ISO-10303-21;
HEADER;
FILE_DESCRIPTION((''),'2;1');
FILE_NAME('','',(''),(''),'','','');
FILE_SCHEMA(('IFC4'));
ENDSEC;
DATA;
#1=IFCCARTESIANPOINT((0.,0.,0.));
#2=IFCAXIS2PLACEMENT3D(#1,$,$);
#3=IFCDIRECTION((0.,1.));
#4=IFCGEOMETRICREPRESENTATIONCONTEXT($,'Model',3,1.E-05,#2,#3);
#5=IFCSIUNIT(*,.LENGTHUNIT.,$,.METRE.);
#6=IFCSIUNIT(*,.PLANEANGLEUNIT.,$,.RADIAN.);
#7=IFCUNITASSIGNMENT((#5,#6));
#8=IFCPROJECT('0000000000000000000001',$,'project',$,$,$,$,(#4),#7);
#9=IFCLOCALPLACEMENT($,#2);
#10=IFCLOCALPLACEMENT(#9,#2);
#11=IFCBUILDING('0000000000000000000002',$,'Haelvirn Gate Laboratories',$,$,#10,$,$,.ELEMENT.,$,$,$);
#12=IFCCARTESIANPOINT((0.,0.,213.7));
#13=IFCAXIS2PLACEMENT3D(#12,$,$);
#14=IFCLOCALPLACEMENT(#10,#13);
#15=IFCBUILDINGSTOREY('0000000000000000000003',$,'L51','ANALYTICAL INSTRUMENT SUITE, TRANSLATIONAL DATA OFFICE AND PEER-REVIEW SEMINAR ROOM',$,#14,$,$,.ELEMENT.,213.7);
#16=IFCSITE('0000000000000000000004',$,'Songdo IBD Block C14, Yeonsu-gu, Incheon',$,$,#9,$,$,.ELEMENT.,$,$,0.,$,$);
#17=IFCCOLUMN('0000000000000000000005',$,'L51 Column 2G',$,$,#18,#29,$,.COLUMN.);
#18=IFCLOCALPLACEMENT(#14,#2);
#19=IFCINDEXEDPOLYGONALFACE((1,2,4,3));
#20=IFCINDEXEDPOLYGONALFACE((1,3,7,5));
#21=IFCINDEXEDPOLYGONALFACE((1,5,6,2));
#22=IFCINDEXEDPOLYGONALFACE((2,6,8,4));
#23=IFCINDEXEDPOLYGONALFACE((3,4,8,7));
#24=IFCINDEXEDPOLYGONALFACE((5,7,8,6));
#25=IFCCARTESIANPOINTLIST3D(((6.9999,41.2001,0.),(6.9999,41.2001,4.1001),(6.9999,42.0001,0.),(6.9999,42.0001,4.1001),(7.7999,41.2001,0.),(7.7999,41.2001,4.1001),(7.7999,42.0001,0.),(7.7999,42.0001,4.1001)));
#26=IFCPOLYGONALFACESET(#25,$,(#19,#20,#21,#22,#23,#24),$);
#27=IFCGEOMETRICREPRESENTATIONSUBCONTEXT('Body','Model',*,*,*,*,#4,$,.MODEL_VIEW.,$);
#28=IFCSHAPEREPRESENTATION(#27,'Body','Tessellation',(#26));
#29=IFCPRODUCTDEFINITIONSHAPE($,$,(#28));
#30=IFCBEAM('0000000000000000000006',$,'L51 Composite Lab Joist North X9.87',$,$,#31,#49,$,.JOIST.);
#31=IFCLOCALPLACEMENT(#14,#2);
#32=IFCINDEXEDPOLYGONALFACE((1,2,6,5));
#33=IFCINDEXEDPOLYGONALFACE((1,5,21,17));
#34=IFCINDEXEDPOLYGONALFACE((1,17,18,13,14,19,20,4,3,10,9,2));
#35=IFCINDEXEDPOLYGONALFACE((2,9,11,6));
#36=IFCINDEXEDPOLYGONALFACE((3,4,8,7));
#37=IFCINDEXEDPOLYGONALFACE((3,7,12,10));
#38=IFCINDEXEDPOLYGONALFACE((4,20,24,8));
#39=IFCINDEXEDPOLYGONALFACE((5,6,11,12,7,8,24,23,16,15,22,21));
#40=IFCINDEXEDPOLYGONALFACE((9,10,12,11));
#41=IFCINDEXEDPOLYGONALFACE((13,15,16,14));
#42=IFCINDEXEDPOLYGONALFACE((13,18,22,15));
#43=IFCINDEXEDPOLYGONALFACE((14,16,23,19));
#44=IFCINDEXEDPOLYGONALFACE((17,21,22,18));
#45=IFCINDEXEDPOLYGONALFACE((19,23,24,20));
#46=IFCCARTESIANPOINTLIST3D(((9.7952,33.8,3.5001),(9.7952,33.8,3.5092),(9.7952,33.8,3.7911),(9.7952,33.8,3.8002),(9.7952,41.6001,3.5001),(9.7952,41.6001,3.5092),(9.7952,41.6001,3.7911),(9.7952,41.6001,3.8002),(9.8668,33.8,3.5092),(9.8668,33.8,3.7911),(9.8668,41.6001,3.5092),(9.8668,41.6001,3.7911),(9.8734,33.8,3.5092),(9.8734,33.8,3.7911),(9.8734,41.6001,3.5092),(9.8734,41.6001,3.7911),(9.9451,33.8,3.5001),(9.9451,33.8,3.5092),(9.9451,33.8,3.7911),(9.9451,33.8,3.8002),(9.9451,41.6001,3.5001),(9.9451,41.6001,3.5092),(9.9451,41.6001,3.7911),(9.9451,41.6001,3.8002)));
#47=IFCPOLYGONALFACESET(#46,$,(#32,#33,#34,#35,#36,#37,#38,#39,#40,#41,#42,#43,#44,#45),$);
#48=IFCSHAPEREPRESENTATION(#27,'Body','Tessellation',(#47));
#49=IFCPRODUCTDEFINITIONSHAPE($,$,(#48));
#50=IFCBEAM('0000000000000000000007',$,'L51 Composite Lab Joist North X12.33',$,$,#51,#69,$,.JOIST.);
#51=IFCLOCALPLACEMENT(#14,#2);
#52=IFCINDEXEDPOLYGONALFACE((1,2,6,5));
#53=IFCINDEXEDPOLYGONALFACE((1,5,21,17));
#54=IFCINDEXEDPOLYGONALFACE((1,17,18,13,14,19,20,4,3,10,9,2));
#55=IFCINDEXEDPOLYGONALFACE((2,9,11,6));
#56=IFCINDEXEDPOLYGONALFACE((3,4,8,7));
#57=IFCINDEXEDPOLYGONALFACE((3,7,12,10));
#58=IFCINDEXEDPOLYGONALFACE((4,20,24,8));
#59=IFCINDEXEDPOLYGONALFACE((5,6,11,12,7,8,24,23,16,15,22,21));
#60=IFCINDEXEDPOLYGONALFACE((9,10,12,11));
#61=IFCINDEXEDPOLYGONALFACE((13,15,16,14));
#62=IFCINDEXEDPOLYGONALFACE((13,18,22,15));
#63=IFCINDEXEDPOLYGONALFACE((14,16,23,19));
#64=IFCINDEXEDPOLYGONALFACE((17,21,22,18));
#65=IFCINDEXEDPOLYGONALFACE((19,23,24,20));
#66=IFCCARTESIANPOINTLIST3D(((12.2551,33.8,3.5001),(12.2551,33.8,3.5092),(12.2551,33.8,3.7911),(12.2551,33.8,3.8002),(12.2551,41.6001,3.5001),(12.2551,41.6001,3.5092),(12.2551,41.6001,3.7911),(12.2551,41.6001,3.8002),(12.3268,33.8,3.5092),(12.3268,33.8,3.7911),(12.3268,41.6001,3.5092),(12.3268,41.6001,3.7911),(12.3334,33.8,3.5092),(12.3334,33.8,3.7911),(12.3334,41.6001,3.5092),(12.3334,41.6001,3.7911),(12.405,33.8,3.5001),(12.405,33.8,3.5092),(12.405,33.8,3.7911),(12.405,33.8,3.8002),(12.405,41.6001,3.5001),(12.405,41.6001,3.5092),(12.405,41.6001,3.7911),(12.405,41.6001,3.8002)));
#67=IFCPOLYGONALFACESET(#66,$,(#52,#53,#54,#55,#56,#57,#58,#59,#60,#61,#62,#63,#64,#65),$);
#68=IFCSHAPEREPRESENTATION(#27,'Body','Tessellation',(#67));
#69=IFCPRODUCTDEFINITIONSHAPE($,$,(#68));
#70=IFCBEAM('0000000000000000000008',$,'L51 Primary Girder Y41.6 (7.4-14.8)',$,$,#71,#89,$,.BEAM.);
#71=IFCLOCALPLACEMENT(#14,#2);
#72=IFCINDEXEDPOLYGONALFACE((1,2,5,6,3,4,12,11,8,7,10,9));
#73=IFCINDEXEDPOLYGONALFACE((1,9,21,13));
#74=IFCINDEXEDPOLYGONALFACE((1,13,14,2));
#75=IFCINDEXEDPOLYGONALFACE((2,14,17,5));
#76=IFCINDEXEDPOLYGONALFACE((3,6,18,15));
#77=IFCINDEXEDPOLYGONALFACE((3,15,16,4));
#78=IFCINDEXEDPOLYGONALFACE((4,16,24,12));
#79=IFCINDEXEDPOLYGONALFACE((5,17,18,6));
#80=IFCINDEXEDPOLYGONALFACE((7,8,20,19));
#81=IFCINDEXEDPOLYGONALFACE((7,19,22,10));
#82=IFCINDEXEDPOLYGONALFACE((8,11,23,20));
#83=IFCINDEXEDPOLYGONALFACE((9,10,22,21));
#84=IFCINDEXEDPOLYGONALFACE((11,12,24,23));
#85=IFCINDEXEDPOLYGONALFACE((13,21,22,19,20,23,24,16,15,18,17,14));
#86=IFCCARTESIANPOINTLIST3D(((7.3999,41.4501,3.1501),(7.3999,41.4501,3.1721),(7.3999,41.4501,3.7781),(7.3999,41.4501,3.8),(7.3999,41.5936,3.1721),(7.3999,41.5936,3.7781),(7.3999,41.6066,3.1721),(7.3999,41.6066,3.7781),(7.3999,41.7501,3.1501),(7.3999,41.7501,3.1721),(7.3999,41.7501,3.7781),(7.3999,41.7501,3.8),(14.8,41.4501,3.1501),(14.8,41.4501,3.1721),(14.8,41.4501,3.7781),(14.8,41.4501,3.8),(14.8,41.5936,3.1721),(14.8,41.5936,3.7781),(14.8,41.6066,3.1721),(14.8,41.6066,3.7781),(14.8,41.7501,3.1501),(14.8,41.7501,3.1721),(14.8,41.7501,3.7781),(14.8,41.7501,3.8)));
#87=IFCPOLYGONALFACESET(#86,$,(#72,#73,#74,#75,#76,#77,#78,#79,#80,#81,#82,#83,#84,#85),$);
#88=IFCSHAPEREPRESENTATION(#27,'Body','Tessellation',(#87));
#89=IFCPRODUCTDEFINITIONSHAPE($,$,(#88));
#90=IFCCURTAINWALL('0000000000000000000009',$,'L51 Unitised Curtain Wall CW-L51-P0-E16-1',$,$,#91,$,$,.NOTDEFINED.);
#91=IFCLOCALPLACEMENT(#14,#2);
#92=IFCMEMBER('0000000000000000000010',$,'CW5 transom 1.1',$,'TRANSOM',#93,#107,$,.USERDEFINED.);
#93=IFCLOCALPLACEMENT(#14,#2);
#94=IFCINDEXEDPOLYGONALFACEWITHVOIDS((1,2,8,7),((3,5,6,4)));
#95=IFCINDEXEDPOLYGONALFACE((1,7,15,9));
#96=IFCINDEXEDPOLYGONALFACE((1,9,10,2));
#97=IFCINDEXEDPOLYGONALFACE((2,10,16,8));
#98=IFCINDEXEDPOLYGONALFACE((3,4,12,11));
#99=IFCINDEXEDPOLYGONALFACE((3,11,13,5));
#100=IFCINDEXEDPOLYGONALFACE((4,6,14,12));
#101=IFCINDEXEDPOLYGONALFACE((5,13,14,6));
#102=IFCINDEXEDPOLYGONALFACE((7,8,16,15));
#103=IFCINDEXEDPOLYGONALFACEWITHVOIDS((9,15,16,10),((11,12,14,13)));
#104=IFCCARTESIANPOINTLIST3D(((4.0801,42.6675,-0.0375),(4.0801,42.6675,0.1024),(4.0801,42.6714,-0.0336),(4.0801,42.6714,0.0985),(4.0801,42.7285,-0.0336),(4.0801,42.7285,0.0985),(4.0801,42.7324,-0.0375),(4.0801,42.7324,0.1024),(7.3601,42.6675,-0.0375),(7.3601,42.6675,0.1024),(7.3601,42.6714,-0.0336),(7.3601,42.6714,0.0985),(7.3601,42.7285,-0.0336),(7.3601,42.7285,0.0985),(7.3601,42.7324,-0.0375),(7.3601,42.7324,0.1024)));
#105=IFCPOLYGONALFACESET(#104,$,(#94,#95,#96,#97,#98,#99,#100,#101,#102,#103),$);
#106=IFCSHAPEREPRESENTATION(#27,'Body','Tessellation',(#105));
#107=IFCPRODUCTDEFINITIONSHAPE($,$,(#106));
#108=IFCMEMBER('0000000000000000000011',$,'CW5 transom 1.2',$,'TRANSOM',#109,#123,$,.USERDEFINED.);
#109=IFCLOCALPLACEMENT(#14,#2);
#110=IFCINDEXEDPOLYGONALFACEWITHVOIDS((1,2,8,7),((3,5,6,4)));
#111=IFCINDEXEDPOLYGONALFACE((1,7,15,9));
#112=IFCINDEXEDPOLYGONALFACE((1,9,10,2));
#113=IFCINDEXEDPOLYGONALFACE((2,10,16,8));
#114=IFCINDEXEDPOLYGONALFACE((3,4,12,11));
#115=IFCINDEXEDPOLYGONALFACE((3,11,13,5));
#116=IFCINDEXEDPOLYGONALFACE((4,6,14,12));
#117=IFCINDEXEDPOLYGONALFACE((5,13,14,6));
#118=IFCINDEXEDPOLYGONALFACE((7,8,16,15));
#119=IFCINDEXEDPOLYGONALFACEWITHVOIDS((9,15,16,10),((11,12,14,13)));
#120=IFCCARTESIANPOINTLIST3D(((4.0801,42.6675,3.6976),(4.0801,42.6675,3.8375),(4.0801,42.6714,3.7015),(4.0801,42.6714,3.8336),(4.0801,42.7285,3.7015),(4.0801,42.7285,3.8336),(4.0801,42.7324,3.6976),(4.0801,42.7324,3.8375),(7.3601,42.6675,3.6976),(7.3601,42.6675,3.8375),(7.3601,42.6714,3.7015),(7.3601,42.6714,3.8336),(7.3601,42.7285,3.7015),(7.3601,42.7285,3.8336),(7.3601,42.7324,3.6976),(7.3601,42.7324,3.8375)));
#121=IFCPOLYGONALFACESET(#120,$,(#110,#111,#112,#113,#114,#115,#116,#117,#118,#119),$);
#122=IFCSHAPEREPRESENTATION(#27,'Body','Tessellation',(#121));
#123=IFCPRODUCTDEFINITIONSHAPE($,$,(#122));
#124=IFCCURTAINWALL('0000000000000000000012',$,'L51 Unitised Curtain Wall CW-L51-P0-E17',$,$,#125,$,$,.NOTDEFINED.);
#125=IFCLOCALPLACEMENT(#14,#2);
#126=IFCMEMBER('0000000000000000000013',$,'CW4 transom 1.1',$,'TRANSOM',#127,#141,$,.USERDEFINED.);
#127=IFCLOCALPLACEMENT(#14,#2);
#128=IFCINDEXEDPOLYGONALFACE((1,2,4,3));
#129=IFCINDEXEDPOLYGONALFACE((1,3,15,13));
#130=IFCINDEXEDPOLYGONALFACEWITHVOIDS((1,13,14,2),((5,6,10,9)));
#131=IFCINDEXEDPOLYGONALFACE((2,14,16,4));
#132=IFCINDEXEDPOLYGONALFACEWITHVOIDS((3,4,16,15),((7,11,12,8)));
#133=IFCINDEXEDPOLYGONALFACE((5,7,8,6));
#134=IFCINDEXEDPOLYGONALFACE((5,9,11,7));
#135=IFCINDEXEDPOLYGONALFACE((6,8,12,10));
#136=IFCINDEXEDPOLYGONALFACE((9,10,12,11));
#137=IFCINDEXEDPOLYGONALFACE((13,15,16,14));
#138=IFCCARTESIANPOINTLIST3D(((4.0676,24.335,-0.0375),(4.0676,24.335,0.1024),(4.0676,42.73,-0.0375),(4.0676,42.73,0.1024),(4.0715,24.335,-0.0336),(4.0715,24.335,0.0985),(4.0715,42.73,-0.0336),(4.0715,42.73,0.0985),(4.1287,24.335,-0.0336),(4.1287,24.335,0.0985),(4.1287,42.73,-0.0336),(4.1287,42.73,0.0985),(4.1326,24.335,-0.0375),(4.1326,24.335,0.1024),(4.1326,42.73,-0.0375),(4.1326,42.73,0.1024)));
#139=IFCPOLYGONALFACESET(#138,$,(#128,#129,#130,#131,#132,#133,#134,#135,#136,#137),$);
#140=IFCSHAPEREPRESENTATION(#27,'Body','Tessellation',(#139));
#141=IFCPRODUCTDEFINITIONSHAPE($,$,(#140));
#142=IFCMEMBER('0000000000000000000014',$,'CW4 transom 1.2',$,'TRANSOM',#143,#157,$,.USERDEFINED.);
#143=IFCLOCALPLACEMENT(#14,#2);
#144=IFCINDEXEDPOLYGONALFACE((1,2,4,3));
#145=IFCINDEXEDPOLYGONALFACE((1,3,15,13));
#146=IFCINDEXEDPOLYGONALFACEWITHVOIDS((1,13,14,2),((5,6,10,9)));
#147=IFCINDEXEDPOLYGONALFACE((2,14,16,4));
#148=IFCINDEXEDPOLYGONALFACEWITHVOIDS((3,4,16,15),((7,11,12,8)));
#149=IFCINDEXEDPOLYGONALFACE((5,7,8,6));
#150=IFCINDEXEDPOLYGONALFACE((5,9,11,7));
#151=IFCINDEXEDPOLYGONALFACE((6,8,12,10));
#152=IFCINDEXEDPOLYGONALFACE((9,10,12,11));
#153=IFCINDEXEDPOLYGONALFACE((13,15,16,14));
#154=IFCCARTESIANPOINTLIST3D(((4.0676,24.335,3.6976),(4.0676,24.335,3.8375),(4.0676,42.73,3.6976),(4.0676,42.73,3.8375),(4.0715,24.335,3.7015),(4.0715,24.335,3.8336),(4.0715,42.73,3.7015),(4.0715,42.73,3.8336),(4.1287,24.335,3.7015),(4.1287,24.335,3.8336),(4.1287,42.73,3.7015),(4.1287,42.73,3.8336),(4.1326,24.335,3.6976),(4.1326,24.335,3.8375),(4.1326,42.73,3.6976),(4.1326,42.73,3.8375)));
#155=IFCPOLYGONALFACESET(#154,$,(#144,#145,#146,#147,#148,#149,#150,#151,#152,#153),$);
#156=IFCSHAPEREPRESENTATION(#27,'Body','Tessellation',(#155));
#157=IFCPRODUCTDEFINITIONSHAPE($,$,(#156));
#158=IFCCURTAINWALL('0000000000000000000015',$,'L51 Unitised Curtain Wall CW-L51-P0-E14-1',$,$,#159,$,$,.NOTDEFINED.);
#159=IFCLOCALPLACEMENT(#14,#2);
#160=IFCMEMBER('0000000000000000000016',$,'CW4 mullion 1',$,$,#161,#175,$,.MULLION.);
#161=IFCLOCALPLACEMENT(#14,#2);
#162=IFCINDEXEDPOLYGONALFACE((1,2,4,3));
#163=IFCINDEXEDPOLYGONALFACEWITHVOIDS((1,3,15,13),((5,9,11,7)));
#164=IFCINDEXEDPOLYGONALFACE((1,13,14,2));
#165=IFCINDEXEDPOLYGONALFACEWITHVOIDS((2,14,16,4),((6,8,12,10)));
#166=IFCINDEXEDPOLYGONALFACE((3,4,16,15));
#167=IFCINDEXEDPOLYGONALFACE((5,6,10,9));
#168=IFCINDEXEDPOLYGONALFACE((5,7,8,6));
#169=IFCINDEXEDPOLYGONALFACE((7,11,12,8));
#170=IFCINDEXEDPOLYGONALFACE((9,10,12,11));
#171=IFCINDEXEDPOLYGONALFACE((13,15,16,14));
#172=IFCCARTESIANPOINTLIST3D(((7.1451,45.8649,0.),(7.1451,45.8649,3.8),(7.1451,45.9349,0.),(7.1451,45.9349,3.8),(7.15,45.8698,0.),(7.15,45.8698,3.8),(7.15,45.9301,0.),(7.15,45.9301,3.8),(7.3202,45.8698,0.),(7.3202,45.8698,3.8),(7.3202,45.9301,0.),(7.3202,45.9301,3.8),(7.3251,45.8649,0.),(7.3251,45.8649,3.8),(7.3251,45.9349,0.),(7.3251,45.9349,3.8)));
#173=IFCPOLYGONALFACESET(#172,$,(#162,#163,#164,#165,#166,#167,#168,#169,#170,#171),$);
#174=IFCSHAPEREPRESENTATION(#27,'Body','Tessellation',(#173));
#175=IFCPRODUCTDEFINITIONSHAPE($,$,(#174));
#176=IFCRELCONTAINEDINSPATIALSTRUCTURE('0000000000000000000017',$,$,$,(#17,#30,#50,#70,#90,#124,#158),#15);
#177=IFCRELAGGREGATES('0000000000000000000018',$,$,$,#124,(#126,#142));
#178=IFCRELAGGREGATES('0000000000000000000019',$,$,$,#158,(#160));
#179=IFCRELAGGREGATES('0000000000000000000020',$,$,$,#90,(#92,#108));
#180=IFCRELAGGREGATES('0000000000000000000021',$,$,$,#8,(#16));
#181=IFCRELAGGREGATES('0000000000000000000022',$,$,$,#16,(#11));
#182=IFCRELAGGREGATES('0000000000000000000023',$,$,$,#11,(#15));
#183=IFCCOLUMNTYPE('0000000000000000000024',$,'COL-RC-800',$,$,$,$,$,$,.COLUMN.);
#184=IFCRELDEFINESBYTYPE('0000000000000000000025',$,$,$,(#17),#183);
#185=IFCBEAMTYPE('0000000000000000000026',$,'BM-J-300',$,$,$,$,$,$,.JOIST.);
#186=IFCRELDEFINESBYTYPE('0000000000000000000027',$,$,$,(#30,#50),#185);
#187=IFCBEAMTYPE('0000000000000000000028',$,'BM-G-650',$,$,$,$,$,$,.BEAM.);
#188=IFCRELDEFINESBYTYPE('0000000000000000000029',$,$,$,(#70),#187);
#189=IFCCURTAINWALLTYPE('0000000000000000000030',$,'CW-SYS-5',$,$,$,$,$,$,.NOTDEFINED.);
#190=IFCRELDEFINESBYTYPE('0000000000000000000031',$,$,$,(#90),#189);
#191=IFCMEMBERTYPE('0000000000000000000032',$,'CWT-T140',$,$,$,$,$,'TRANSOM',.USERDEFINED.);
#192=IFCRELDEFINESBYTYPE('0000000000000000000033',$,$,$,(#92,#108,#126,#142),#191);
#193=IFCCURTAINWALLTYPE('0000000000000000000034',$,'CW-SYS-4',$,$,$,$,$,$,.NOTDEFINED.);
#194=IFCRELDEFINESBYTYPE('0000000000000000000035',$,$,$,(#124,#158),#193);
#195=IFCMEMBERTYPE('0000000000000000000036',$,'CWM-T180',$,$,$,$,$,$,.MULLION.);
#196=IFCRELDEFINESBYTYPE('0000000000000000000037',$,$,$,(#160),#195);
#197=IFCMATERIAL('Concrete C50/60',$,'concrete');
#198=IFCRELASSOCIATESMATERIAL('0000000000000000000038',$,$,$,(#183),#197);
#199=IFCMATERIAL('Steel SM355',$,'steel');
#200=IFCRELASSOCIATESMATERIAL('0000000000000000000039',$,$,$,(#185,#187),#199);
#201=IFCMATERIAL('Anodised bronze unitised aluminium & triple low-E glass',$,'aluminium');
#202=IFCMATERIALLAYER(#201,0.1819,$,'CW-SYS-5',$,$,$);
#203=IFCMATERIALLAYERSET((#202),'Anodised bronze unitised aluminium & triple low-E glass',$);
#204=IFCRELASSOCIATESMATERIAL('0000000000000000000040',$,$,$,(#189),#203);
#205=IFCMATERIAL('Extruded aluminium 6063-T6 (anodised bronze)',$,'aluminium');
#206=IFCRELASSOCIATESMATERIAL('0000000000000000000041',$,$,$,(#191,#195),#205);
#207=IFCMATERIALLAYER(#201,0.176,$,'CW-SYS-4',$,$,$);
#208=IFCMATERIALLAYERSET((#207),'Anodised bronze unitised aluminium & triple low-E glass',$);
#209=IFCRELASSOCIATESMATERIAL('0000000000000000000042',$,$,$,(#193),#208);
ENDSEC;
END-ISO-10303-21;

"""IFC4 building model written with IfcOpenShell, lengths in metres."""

from ifc_helpers import new_model, si_unit, direction, frame, origin, origin_2d, place, context, subcontext, project, spatial, rectangle, hollow_rectangle, i_section, extrude, source, transform, mapped, material, layer, layer_set, material_profile, profile_set, type_object, type_shapes, element, aggregate, save


model = new_model("IFC4")

# Units and contexts
model_context = context("Model", 3, precision=1e-05, world=origin(), true_north=direction((0.0, 1.0)))
body_context = subcontext(model_context, "Body", "Model", "MODEL_VIEW")
ifc_project = project(units=[si_unit("LENGTHUNIT", "METRE"), si_unit("PLANEANGLEUNIT", "RADIAN")], contexts=[model_context])

# Site, building, storey
site_placement = place(None, origin())
site = spatial("IfcSite", under=ifc_project, at=site_placement, Name="Songdo IBD Block C14, Yeonsu-gu, Incheon", CompositionType="ELEMENT", RefElevation=0.0)
building_placement = place(site_placement, origin())
building = spatial("IfcBuilding", under=site, at=building_placement, Name="Haelvirn Gate Laboratories", CompositionType="ELEMENT")
storey_placement = place(building_placement, frame((0.0, 0.0, 213.7)))
storey = spatial("IfcBuildingStorey", under=building, at=storey_placement, Name="L51", Description="ANALYTICAL INSTRUMENT SUITE, TRANSLATIONAL DATA OFFICE AND PEER-REVIEW SEMINAR ROOM", CompositionType="ELEMENT", Elevation=213.7)

# Column
ifc_material_1 = material(Name="Concrete C50/60", Category="concrete")
ifc_material_profile_1 = material_profile(ifc_material_1, rectangle(XDim=0.8, YDim=0.8, at=origin_2d()), Name="RC-800x800")
ifc_profile_set_1 = profile_set([ifc_material_profile_1], Name="Concrete C50/60")
column_type = type_object("IfcColumnType", Name="COL-RC-800", PredefinedType="COLUMN", material=ifc_profile_set_1)
shared_shape_1 = source(origin(), body_context, "Body", "SweptSolid", [
    extrude(rectangle(XDim=0.8, YDim=0.8, at=origin_2d()), origin(), (0.0, 0.0, 1.0), 4.1001),
])
type_shapes(column_type, [shared_shape_1])
column_placement = place(storey_placement, frame((7.3999, 41.6001, 0.0), z_axis=(0.0, 0.0, 1.0), x_axis=(1.0, 0.0, 0.0)))
element("IfcColumn", 1, at=column_placement, inside=storey, type_object=column_type, Name="L51 Column 2G", PredefinedType="COLUMN", context=body_context, shape_type="MappedRepresentation", body=[
    mapped(shared_shape_1, transform((0.0, 0.0, 0.0), scale=1.0)),
])

# Beams
ifc_material_2 = material(Name="Steel SM355", Category="steel")
ifc_material_profile_2 = material_profile(ifc_material_2, i_section(OverallWidth=0.1499, OverallDepth=0.3, WebThickness=0.0066, FlangeThickness=0.009, at=origin_2d()), Name="H-300x150x6.5x9")
ifc_profile_set_2 = profile_set([ifc_material_profile_2], Name="Steel SM355")
beam_type_1 = type_object("IfcBeamType", Name="BM-J-300", PredefinedType="JOIST", material=ifc_profile_set_2)
shared_shape_2 = source(origin(), body_context, "Body", "SweptSolid", [
    extrude(i_section(OverallWidth=0.1499, OverallDepth=0.3, WebThickness=0.0066, FlangeThickness=0.009, at=origin_2d()), origin(), (0.0, 0.0, 1.0), 7.8),
])
type_shapes(beam_type_1, [shared_shape_2])
for number, where, z_axis, x_axis, name in (
    (2, (9.8701, 33.8, 3.6501), (0.0, 1.0, 0.0), (-1.0, 0.0, 0.0), "L51 Composite Lab Joist North X9.87"),
    (3, (12.3301, 33.8, 3.6501), (0.0, 1.0, 0.0), (-1.0, 0.0, 0.0), "L51 Composite Lab Joist North X12.33"),
):
    element("IfcBeam", number, at=place(storey_placement, frame(where, z_axis=z_axis, x_axis=x_axis)), inside=storey, type_object=beam_type_1, Name=name, PredefinedType="JOIST", context=body_context, shape_type="MappedRepresentation", body=[
        mapped(shared_shape_2, transform((0.0, 0.0, 0.0), scale=1.0)),
    ])
ifc_material_profile_3 = material_profile(ifc_material_2, i_section(OverallWidth=0.3, OverallDepth=0.6499, WebThickness=0.0129, FlangeThickness=0.022, at=origin_2d()), Name="H-650x300x13x22")
ifc_profile_set_3 = profile_set([ifc_material_profile_3], Name="Steel SM355")
beam_type_2 = type_object("IfcBeamType", Name="BM-G-650", PredefinedType="BEAM", material=ifc_profile_set_3)
shared_shape_3 = source(origin(), body_context, "Body", "SweptSolid", [
    extrude(i_section(OverallWidth=0.3, OverallDepth=0.6499, WebThickness=0.0129, FlangeThickness=0.022, at=origin_2d()), origin(), (0.0, 0.0, 1.0), 7.4001),
])
type_shapes(beam_type_2, [shared_shape_3])
beam_placement = place(storey_placement, frame((7.3999, 41.6001, 3.4751), z_axis=(1.0, 0.0, 0.0), x_axis=(0.0, 1.0, 0.0)))
element("IfcBeam", 4, at=beam_placement, inside=storey, type_object=beam_type_2, Name="L51 Primary Girder Y41.6 (7.4-14.8)", PredefinedType="BEAM", context=body_context, shape_type="MappedRepresentation", body=[
    mapped(shared_shape_3, transform((0.0, 0.0, 0.0), scale=1.0)),
])

# Curtain walls, members
ifc_material_3 = material(Name="Anodised bronze unitised aluminium & triple low-E glass", Category="aluminium")
ifc_layer_1 = layer(ifc_material_3, 0.1819, Name="CW-SYS-5")
ifc_layer_set_1 = layer_set([ifc_layer_1], Name="Anodised bronze unitised aluminium & triple low-E glass")
curtain_wall_type_1 = type_object("IfcCurtainWallType", Name="CW-SYS-5", PredefinedType="NOTDEFINED", material=ifc_layer_set_1)
curtain_wall_1_placement = place(storey_placement, origin())
curtain_wall_1 = element("IfcCurtainWall", 5, at=curtain_wall_1_placement, inside=storey, type_object=curtain_wall_type_1, Name="L51 Unitised Curtain Wall CW-L51-P0-E16-1", PredefinedType="NOTDEFINED")
ifc_material_4 = material(Name="Extruded aluminium 6063-T6 (anodised bronze)", Category="aluminium")
ifc_material_profile_4 = material_profile(ifc_material_4, hollow_rectangle(XDim=0.0649, YDim=0.1399, WallThickness=0.0039, at=origin_2d()), Name="CWT-140x65x4")
ifc_profile_set_4 = profile_set([ifc_material_profile_4], Name="Extruded aluminium 6063-T6 (anodised bronze)")
member_type_1 = type_object("IfcMemberType", Name="CWT-T140", ElementType="TRANSOM", PredefinedType="USERDEFINED", material=ifc_profile_set_4)
shared_shape_4 = source(origin(), body_context, "Body", "SweptSolid", [
    extrude(hollow_rectangle(XDim=0.0649, YDim=0.1399, WallThickness=0.0039, at=origin_2d()), origin(), (0.0, 0.0, 1.0), 3.28),
])
member_1_placement = place(storey_placement, frame((4.0801, 42.7, 0.0325), z_axis=(1.0, 0.0, 0.0), x_axis=(0.0, 1.0, 0.0)))
member_1 = element("IfcMember", 6, at=member_1_placement, type_object=member_type_1, Name="CW5 transom 1.1", ObjectType="TRANSOM", PredefinedType="USERDEFINED", context=body_context, shape_type="MappedRepresentation", body=[
    mapped(shared_shape_4, transform((0.0, 0.0, 0.0), scale=1.0)),
])
member_2_placement = place(storey_placement, frame((4.0801, 42.7, 3.7676), z_axis=(1.0, 0.0, 0.0), x_axis=(0.0, 1.0, 0.0)))
member_2 = element("IfcMember", 7, at=member_2_placement, type_object=member_type_1, Name="CW5 transom 1.2", ObjectType="TRANSOM", PredefinedType="USERDEFINED", context=body_context, shape_type="MappedRepresentation", body=[
    mapped(shared_shape_4, transform((0.0, 0.0, 0.0), scale=1.0)),
])
ifc_layer_2 = layer(ifc_material_3, 0.176, Name="CW-SYS-4")
ifc_layer_set_2 = layer_set([ifc_layer_2], Name="Anodised bronze unitised aluminium & triple low-E glass")
curtain_wall_type_2 = type_object("IfcCurtainWallType", Name="CW-SYS-4", PredefinedType="NOTDEFINED", material=ifc_layer_set_2)
curtain_wall_2_placement = place(storey_placement, origin())
curtain_wall_2 = element("IfcCurtainWall", 8, at=curtain_wall_2_placement, inside=storey, type_object=curtain_wall_type_2, Name="L51 Unitised Curtain Wall CW-L51-P0-E17", PredefinedType="NOTDEFINED")
shared_shape_5 = source(origin(), body_context, "Body", "SweptSolid", [
    extrude(hollow_rectangle(XDim=0.0649, YDim=0.1399, WallThickness=0.0039, at=origin_2d()), origin(), (0.0, 0.0, 1.0), 18.395),
])
member_3_placement = place(storey_placement, frame((4.1001, 42.73, 0.0325), z_axis=(0.0, -1.0, 0.0), x_axis=(1.0, 0.0, 0.0)))
member_3 = element("IfcMember", 9, at=member_3_placement, type_object=member_type_1, Name="CW4 transom 1.1", ObjectType="TRANSOM", PredefinedType="USERDEFINED", context=body_context, shape_type="MappedRepresentation", body=[
    mapped(shared_shape_5, transform((0.0, 0.0, 0.0), scale=1.0)),
])
member_4_placement = place(storey_placement, frame((4.1001, 42.73, 3.7676), z_axis=(0.0, -1.0, 0.0), x_axis=(1.0, 0.0, 0.0)))
member_4 = element("IfcMember", 10, at=member_4_placement, type_object=member_type_1, Name="CW4 transom 1.2", ObjectType="TRANSOM", PredefinedType="USERDEFINED", context=body_context, shape_type="MappedRepresentation", body=[
    mapped(shared_shape_5, transform((0.0, 0.0, 0.0), scale=1.0)),
])

# Curtain wall, member
curtain_wall_3_placement = place(storey_placement, origin())
curtain_wall_3 = element("IfcCurtainWall", 11, at=curtain_wall_3_placement, inside=storey, type_object=curtain_wall_type_2, Name="L51 Unitised Curtain Wall CW-L51-P0-E14-1", PredefinedType="NOTDEFINED")
ifc_material_profile_5 = material_profile(ifc_material_4, hollow_rectangle(XDim=0.0701, YDim=0.1799, WallThickness=0.0049, at=origin_2d()), Name="CWM-180x70x5")
ifc_profile_set_5 = profile_set([ifc_material_profile_5], Name="Extruded aluminium 6063-T6 (anodised bronze)")
member_type_2 = type_object("IfcMemberType", Name="CWM-T180", PredefinedType="MULLION", material=ifc_profile_set_5)
shared_shape_6 = source(origin(), body_context, "Body", "SweptSolid", [
    extrude(hollow_rectangle(XDim=0.0701, YDim=0.1799, WallThickness=0.0049, at=origin_2d()), origin(), (0.0, 0.0, 1.0), 3.8),
])
type_shapes(member_type_2, [shared_shape_6])
member_5_placement = place(storey_placement, frame((7.2351, 45.8999, 0.0), z_axis=(0.0, 0.0, 1.0), x_axis=(0.0, 1.0, 0.0)))
member_5 = element("IfcMember", 12, at=member_5_placement, type_object=member_type_2, Name="CW4 mullion 1", PredefinedType="MULLION", context=body_context, shape_type="MappedRepresentation", body=[
    mapped(shared_shape_6, transform((0.0, 0.0, 0.0), scale=1.0)),
])

aggregate(curtain_wall_2, [member_3, member_4])

aggregate(curtain_wall_3, [member_5])
aggregate(curtain_wall_1, [member_1, member_2])

save(model, "model.ifc")
